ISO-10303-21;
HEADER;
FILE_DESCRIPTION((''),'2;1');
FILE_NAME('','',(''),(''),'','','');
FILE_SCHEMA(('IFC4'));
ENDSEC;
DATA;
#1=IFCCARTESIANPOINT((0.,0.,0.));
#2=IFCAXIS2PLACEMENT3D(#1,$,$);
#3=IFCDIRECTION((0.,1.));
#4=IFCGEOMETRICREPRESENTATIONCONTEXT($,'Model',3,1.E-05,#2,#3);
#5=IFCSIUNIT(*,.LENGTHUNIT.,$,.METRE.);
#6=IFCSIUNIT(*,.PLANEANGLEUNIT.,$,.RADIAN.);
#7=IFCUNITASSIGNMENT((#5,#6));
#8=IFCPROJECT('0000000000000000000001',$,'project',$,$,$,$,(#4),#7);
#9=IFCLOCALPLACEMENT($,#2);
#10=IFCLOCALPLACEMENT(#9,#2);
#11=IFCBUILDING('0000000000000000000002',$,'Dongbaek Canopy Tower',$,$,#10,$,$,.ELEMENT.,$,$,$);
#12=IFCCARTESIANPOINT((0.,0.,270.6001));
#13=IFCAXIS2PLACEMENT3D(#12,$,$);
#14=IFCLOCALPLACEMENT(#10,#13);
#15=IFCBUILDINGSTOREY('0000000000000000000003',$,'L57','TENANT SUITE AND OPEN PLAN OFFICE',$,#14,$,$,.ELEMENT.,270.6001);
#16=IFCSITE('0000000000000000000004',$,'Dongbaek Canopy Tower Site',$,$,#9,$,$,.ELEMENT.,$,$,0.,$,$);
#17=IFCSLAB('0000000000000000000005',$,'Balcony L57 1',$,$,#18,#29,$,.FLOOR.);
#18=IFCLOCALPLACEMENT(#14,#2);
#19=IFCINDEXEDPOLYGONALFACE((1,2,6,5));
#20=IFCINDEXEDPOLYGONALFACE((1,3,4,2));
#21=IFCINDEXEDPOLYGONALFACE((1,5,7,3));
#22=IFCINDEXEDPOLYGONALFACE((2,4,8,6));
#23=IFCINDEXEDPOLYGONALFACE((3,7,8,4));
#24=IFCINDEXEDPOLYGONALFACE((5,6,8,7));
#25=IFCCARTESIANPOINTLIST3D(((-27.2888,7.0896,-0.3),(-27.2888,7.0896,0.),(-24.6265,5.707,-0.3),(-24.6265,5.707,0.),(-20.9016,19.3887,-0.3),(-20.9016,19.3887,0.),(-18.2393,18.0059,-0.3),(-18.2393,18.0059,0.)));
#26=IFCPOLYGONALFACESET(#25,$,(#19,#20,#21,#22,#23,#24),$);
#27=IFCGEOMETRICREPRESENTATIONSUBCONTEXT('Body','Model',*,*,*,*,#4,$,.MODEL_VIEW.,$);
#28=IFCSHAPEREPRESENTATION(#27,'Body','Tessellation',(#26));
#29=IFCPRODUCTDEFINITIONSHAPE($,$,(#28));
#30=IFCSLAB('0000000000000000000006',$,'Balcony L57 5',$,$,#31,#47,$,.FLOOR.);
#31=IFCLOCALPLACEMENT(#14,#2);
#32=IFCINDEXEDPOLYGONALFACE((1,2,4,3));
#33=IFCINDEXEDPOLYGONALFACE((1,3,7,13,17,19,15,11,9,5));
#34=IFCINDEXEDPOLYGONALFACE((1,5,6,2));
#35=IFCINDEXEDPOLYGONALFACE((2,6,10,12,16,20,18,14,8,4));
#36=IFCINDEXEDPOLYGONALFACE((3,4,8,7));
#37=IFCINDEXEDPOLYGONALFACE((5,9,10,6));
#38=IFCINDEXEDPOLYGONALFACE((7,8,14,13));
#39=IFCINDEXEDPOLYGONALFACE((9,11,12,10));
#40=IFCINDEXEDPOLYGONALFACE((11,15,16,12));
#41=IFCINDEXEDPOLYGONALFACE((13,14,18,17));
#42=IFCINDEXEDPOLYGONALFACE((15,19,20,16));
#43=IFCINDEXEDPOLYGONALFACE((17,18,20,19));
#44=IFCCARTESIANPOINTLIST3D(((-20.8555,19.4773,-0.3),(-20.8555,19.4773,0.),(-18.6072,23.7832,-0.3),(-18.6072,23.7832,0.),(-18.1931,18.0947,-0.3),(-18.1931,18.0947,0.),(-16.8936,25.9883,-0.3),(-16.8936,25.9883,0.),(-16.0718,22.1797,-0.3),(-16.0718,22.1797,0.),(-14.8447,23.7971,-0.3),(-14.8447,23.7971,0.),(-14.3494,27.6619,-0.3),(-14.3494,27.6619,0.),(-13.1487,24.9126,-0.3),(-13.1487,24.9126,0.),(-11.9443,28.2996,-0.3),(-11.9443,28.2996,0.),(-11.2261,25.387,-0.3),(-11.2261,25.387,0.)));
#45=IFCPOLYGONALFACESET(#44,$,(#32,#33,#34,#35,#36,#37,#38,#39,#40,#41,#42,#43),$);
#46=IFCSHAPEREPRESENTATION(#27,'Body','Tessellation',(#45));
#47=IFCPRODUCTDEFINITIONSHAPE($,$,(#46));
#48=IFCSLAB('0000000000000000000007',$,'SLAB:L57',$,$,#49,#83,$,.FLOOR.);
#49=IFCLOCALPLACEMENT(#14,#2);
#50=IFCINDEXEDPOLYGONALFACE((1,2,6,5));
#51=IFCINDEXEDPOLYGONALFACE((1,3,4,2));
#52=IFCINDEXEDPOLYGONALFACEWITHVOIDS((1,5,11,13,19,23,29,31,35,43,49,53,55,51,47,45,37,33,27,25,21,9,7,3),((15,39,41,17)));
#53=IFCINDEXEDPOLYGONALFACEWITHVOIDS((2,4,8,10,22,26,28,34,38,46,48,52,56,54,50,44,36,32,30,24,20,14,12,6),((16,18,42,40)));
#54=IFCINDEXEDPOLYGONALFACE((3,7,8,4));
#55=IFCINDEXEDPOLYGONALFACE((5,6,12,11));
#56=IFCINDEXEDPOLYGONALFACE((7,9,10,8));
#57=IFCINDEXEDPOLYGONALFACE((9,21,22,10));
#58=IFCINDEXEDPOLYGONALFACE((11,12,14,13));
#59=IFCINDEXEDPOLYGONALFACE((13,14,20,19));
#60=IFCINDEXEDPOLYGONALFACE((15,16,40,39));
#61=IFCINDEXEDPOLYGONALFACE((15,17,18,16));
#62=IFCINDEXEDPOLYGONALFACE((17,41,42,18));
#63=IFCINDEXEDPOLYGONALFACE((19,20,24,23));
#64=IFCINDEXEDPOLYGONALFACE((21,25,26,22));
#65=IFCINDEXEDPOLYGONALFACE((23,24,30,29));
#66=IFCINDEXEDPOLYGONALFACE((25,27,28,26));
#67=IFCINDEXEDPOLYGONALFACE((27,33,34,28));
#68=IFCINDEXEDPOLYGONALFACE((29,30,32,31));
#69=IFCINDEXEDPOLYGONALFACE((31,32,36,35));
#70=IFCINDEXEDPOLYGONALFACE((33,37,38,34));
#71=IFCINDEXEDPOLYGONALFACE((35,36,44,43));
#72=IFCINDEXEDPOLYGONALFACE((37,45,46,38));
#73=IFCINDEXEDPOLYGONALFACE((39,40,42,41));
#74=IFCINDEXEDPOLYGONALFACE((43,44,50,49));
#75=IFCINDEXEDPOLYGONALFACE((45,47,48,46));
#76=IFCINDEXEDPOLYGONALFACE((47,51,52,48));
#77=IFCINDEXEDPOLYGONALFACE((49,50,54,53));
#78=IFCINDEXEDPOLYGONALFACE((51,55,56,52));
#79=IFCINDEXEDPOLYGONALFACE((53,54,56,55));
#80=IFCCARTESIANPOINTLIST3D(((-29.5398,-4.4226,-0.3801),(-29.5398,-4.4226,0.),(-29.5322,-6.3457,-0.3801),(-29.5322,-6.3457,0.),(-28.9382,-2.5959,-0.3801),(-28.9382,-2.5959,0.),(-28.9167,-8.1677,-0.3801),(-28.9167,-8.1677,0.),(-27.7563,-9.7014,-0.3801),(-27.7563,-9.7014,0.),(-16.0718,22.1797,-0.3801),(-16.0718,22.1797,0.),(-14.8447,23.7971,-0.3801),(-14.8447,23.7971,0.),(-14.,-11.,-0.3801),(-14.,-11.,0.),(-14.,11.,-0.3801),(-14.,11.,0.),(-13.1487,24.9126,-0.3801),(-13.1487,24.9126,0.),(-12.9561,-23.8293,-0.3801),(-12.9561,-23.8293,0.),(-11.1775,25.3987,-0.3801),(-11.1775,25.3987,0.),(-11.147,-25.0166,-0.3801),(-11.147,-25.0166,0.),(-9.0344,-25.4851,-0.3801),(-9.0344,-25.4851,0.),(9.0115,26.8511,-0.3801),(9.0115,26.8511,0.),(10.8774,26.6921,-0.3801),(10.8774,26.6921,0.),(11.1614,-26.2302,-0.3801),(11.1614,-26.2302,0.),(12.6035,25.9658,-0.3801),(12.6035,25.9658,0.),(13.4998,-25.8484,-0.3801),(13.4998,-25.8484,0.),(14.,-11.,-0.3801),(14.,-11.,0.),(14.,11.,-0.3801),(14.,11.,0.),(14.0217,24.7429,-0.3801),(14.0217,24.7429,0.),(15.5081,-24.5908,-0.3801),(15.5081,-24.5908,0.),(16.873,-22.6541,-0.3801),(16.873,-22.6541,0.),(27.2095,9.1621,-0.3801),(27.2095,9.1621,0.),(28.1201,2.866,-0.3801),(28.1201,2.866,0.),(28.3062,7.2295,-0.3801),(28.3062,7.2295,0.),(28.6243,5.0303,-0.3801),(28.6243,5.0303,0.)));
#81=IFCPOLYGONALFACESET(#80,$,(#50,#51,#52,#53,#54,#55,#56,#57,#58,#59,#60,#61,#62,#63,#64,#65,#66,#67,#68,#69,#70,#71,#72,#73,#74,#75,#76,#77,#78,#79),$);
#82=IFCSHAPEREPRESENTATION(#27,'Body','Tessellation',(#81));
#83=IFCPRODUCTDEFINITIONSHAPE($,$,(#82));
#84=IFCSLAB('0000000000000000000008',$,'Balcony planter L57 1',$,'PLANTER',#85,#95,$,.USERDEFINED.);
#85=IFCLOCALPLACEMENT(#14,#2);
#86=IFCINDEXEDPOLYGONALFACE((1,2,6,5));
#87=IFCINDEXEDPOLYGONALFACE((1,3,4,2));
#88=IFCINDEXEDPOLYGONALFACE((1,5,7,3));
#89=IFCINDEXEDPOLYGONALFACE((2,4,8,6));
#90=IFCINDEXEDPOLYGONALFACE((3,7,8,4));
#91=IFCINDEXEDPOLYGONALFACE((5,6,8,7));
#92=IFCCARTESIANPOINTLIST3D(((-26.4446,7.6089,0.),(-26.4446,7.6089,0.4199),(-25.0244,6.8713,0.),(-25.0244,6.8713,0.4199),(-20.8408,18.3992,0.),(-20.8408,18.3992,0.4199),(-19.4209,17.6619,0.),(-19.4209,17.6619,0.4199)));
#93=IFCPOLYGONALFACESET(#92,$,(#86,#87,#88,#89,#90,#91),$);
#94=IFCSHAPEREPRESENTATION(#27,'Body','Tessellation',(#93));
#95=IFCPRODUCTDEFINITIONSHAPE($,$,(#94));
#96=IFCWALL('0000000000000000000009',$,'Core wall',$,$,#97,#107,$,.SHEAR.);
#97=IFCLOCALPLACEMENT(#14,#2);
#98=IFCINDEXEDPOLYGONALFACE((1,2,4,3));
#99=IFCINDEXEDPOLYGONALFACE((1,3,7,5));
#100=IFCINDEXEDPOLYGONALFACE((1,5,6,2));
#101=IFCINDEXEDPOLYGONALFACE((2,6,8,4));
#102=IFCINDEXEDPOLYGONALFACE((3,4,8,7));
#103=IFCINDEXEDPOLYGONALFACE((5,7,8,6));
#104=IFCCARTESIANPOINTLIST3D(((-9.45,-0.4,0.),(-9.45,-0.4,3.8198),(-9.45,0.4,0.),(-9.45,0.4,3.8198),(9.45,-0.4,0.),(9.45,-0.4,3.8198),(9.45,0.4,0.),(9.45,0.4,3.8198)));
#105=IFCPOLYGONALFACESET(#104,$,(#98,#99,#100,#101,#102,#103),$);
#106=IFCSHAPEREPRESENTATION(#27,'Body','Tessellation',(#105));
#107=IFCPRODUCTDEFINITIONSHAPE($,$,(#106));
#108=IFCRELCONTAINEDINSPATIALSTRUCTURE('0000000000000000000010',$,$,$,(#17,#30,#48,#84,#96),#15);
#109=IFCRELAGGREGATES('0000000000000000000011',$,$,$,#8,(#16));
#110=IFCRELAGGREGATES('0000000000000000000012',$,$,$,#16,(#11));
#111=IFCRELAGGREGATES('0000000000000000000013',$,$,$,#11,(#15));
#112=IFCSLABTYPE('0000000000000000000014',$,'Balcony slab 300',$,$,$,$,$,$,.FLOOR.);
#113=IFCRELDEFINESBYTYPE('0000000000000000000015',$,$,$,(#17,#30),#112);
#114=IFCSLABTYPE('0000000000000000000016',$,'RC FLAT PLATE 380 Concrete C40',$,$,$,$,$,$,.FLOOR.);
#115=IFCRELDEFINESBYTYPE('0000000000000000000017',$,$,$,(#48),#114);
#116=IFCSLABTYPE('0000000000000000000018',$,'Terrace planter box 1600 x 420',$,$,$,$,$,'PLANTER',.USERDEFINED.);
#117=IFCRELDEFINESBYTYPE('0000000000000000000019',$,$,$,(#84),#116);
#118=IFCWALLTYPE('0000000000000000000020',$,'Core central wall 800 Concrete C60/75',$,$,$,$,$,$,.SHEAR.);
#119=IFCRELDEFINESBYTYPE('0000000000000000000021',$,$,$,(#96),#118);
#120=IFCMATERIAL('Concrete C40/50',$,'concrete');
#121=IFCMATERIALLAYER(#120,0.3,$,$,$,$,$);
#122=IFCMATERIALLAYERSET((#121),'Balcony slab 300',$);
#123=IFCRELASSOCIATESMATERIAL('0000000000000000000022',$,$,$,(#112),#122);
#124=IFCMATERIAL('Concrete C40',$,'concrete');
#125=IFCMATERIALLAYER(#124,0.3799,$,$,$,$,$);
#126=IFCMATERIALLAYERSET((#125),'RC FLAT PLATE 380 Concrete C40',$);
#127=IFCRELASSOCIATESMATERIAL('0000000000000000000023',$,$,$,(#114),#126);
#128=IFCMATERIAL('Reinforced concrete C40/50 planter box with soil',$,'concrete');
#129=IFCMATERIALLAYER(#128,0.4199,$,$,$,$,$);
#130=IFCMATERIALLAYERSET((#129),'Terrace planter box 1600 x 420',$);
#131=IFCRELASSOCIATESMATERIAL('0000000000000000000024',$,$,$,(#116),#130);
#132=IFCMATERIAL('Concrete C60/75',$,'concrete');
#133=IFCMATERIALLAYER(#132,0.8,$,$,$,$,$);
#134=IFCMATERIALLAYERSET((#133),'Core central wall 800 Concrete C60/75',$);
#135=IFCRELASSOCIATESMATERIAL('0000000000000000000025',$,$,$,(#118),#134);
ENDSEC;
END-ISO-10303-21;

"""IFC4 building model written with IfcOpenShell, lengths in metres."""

from ifc_helpers import new_model, si_unit, direction, frame, frame_2d, origin, place, context, subcontext, project, spatial, polyline, rectangle, outline, extrude, material, layer, layer_set, type_object, element, save


model = new_model("IFC4")

# Units and contexts
model_context = context("Model", 3, precision=1e-05, world=origin(), true_north=direction((0.0, 1.0)))
body_context = subcontext(model_context, "Body", "Model", "MODEL_VIEW")
ifc_project = project(units=[si_unit("LENGTHUNIT", "METRE"), si_unit("PLANEANGLEUNIT", "RADIAN")], contexts=[model_context])

# Site, building, storey
site_placement = place(None, origin())
site = spatial("IfcSite", under=ifc_project, at=site_placement, Name="Dongbaek Canopy Tower Site", CompositionType="ELEMENT", RefElevation=0.0)
building_placement = place(site_placement, origin())
building = spatial("IfcBuilding", under=site, at=building_placement, Name="Dongbaek Canopy Tower", CompositionType="ELEMENT")
storey_placement = place(building_placement, frame((0.0, 0.0, 270.6001)))
storey = spatial("IfcBuildingStorey", under=building, at=storey_placement, Name="L57", Description="TENANT SUITE AND OPEN PLAN OFFICE", CompositionType="ELEMENT", Elevation=270.6001)

# Slabs
ifc_material_1 = material(Name="Concrete C40/50", Category="concrete")
ifc_layer_1 = layer(ifc_material_1, 0.3)
ifc_layer_set_1 = layer_set([ifc_layer_1], Name="Balcony slab 300")
slab_type_1 = type_object("IfcSlabType", Name="Balcony slab 300", PredefinedType="FLOOR", material=ifc_layer_set_1)
slab_1_placement = place(storey_placement, frame((0.0, 0.0, -0.3)))
element("IfcSlab", 1, at=slab_1_placement, inside=storey, type_object=slab_type_1, Name="Balcony L57 1", PredefinedType="FLOOR", context=body_context, shape_type="SweptSolid", body=[
    extrude(outline(polyline([(-18.2393, 18.0059), (-24.6265, 5.707), (-27.2888, 7.0896), (-20.9016, 19.3887), (-18.2393, 18.0059)])), origin(), (0.0, 0.0, 1.0), 0.3),
])
slab_2_placement = place(storey_placement, frame((0.0, 0.0, -0.3)))
element("IfcSlab", 2, at=slab_2_placement, inside=storey, type_object=slab_type_1, Name="Balcony L57 5", PredefinedType="FLOOR", context=body_context, shape_type="SweptSolid", body=[
    extrude(outline(polyline([(-11.2261, 25.387), (-13.1487, 24.9126), (-14.8447, 23.7971), (-16.0718, 22.1797), (-18.1931, 18.0947), (-20.8555, 19.4773), (-18.6072, 23.7832), (-16.8936, 25.9883), (-14.3494, 27.6619), (-11.9443, 28.2996), (-11.2261, 25.387)])), origin(), (0.0, 0.0, 1.0), 0.3),
])
ifc_material_2 = material(Name="Concrete C40", Category="concrete")
ifc_layer_2 = layer(ifc_material_2, 0.3799)
ifc_layer_set_2 = layer_set([ifc_layer_2], Name="RC FLAT PLATE 380 Concrete C40")
slab_type_2 = type_object("IfcSlabType", Name="RC FLAT PLATE 380 Concrete C40", PredefinedType="FLOOR", material=ifc_layer_set_2)
slab_3_placement = place(storey_placement, frame((0.0, 0.0, -0.3801)))
element("IfcSlab", 3, at=slab_3_placement, inside=storey, type_object=slab_type_2, Name="SLAB:L57", PredefinedType="FLOOR", context=body_context, shape_type="SweptSolid", body=[
    extrude(outline(polyline([(16.873, -22.6541), (15.5081, -24.5908), (13.4998, -25.8484), (11.1614, -26.2302), (-9.0344, -25.4851), (-11.147, -25.0166), (-12.9561, -23.8293), (-27.7563, -9.7014), (-28.9167, -8.1677), (-29.5322, -6.3457), (-29.5398, -4.4226), (-28.9382, -2.5959), (-16.0718, 22.1797), (-14.8447, 23.7971), (-13.1487, 24.9126), (-11.1775, 25.3987), (9.0115, 26.8511), (10.8774, 26.6921), (12.6035, 25.9658), (14.0217, 24.7429), (27.2095, 9.1621), (28.3062, 7.2295), (28.6243, 5.0303), (28.1201, 2.866), (16.873, -22.6541)]), holes=[polyline([(14.0, 11.0), (-14.0, 11.0), (-14.0, -11.0), (14.0, -11.0), (14.0, 11.0)])]), origin(), (0.0, 0.0, 1.0), 0.3801),
])
ifc_material_3 = material(Name="Reinforced concrete C40/50 planter box with soil", Category="concrete")
ifc_layer_3 = layer(ifc_material_3, 0.4199)
ifc_layer_set_3 = layer_set([ifc_layer_3], Name="Terrace planter box 1600 x 420")
slab_type_3 = type_object("IfcSlabType", Name="Terrace planter box 1600 x 420", ElementType="PLANTER", PredefinedType="USERDEFINED", material=ifc_layer_set_3)
slab_4_placement = place(storey_placement, origin())
element("IfcSlab", 4, at=slab_4_placement, inside=storey, type_object=slab_type_3, Name="Balcony planter L57 1", ObjectType="PLANTER", PredefinedType="USERDEFINED", context=body_context, shape_type="SweptSolid", body=[
    extrude(outline(polyline([(-19.4209, 17.6619), (-25.0244, 6.8713), (-26.4446, 7.6089), (-20.8408, 18.3992), (-19.4209, 17.6619)])), origin(), (0.0, 0.0, 1.0), 0.4199),
])

# Wall
ifc_material_4 = material(Name="Concrete C60/75", Category="concrete")
ifc_layer_4 = layer(ifc_material_4, 0.8)
ifc_layer_set_4 = layer_set([ifc_layer_4], Name="Core central wall 800 Concrete C60/75")
wall_type_1 = type_object("IfcWallType", Name="Core central wall 800 Concrete C60/75", PredefinedType="SHEAR", material=ifc_layer_set_4)
wall_1_placement = place(storey_placement, frame((-9.45, 0.0, 0.0), z_axis=(0.0, 0.0, 1.0), x_axis=(1.0, 0.0, 0.0)))
element("IfcWall", 5, at=wall_1_placement, inside=storey, type_object=wall_type_1, Name="Core wall", PredefinedType="SHEAR", context=body_context, shape_type="SweptSolid", body=[
    extrude(rectangle(XDim=18.8999, YDim=0.8, at=frame_2d((9.45, 0.0))), origin(), (0.0, 0.0, 1.0), 3.8198),
])

save(model, "model.ifc")
